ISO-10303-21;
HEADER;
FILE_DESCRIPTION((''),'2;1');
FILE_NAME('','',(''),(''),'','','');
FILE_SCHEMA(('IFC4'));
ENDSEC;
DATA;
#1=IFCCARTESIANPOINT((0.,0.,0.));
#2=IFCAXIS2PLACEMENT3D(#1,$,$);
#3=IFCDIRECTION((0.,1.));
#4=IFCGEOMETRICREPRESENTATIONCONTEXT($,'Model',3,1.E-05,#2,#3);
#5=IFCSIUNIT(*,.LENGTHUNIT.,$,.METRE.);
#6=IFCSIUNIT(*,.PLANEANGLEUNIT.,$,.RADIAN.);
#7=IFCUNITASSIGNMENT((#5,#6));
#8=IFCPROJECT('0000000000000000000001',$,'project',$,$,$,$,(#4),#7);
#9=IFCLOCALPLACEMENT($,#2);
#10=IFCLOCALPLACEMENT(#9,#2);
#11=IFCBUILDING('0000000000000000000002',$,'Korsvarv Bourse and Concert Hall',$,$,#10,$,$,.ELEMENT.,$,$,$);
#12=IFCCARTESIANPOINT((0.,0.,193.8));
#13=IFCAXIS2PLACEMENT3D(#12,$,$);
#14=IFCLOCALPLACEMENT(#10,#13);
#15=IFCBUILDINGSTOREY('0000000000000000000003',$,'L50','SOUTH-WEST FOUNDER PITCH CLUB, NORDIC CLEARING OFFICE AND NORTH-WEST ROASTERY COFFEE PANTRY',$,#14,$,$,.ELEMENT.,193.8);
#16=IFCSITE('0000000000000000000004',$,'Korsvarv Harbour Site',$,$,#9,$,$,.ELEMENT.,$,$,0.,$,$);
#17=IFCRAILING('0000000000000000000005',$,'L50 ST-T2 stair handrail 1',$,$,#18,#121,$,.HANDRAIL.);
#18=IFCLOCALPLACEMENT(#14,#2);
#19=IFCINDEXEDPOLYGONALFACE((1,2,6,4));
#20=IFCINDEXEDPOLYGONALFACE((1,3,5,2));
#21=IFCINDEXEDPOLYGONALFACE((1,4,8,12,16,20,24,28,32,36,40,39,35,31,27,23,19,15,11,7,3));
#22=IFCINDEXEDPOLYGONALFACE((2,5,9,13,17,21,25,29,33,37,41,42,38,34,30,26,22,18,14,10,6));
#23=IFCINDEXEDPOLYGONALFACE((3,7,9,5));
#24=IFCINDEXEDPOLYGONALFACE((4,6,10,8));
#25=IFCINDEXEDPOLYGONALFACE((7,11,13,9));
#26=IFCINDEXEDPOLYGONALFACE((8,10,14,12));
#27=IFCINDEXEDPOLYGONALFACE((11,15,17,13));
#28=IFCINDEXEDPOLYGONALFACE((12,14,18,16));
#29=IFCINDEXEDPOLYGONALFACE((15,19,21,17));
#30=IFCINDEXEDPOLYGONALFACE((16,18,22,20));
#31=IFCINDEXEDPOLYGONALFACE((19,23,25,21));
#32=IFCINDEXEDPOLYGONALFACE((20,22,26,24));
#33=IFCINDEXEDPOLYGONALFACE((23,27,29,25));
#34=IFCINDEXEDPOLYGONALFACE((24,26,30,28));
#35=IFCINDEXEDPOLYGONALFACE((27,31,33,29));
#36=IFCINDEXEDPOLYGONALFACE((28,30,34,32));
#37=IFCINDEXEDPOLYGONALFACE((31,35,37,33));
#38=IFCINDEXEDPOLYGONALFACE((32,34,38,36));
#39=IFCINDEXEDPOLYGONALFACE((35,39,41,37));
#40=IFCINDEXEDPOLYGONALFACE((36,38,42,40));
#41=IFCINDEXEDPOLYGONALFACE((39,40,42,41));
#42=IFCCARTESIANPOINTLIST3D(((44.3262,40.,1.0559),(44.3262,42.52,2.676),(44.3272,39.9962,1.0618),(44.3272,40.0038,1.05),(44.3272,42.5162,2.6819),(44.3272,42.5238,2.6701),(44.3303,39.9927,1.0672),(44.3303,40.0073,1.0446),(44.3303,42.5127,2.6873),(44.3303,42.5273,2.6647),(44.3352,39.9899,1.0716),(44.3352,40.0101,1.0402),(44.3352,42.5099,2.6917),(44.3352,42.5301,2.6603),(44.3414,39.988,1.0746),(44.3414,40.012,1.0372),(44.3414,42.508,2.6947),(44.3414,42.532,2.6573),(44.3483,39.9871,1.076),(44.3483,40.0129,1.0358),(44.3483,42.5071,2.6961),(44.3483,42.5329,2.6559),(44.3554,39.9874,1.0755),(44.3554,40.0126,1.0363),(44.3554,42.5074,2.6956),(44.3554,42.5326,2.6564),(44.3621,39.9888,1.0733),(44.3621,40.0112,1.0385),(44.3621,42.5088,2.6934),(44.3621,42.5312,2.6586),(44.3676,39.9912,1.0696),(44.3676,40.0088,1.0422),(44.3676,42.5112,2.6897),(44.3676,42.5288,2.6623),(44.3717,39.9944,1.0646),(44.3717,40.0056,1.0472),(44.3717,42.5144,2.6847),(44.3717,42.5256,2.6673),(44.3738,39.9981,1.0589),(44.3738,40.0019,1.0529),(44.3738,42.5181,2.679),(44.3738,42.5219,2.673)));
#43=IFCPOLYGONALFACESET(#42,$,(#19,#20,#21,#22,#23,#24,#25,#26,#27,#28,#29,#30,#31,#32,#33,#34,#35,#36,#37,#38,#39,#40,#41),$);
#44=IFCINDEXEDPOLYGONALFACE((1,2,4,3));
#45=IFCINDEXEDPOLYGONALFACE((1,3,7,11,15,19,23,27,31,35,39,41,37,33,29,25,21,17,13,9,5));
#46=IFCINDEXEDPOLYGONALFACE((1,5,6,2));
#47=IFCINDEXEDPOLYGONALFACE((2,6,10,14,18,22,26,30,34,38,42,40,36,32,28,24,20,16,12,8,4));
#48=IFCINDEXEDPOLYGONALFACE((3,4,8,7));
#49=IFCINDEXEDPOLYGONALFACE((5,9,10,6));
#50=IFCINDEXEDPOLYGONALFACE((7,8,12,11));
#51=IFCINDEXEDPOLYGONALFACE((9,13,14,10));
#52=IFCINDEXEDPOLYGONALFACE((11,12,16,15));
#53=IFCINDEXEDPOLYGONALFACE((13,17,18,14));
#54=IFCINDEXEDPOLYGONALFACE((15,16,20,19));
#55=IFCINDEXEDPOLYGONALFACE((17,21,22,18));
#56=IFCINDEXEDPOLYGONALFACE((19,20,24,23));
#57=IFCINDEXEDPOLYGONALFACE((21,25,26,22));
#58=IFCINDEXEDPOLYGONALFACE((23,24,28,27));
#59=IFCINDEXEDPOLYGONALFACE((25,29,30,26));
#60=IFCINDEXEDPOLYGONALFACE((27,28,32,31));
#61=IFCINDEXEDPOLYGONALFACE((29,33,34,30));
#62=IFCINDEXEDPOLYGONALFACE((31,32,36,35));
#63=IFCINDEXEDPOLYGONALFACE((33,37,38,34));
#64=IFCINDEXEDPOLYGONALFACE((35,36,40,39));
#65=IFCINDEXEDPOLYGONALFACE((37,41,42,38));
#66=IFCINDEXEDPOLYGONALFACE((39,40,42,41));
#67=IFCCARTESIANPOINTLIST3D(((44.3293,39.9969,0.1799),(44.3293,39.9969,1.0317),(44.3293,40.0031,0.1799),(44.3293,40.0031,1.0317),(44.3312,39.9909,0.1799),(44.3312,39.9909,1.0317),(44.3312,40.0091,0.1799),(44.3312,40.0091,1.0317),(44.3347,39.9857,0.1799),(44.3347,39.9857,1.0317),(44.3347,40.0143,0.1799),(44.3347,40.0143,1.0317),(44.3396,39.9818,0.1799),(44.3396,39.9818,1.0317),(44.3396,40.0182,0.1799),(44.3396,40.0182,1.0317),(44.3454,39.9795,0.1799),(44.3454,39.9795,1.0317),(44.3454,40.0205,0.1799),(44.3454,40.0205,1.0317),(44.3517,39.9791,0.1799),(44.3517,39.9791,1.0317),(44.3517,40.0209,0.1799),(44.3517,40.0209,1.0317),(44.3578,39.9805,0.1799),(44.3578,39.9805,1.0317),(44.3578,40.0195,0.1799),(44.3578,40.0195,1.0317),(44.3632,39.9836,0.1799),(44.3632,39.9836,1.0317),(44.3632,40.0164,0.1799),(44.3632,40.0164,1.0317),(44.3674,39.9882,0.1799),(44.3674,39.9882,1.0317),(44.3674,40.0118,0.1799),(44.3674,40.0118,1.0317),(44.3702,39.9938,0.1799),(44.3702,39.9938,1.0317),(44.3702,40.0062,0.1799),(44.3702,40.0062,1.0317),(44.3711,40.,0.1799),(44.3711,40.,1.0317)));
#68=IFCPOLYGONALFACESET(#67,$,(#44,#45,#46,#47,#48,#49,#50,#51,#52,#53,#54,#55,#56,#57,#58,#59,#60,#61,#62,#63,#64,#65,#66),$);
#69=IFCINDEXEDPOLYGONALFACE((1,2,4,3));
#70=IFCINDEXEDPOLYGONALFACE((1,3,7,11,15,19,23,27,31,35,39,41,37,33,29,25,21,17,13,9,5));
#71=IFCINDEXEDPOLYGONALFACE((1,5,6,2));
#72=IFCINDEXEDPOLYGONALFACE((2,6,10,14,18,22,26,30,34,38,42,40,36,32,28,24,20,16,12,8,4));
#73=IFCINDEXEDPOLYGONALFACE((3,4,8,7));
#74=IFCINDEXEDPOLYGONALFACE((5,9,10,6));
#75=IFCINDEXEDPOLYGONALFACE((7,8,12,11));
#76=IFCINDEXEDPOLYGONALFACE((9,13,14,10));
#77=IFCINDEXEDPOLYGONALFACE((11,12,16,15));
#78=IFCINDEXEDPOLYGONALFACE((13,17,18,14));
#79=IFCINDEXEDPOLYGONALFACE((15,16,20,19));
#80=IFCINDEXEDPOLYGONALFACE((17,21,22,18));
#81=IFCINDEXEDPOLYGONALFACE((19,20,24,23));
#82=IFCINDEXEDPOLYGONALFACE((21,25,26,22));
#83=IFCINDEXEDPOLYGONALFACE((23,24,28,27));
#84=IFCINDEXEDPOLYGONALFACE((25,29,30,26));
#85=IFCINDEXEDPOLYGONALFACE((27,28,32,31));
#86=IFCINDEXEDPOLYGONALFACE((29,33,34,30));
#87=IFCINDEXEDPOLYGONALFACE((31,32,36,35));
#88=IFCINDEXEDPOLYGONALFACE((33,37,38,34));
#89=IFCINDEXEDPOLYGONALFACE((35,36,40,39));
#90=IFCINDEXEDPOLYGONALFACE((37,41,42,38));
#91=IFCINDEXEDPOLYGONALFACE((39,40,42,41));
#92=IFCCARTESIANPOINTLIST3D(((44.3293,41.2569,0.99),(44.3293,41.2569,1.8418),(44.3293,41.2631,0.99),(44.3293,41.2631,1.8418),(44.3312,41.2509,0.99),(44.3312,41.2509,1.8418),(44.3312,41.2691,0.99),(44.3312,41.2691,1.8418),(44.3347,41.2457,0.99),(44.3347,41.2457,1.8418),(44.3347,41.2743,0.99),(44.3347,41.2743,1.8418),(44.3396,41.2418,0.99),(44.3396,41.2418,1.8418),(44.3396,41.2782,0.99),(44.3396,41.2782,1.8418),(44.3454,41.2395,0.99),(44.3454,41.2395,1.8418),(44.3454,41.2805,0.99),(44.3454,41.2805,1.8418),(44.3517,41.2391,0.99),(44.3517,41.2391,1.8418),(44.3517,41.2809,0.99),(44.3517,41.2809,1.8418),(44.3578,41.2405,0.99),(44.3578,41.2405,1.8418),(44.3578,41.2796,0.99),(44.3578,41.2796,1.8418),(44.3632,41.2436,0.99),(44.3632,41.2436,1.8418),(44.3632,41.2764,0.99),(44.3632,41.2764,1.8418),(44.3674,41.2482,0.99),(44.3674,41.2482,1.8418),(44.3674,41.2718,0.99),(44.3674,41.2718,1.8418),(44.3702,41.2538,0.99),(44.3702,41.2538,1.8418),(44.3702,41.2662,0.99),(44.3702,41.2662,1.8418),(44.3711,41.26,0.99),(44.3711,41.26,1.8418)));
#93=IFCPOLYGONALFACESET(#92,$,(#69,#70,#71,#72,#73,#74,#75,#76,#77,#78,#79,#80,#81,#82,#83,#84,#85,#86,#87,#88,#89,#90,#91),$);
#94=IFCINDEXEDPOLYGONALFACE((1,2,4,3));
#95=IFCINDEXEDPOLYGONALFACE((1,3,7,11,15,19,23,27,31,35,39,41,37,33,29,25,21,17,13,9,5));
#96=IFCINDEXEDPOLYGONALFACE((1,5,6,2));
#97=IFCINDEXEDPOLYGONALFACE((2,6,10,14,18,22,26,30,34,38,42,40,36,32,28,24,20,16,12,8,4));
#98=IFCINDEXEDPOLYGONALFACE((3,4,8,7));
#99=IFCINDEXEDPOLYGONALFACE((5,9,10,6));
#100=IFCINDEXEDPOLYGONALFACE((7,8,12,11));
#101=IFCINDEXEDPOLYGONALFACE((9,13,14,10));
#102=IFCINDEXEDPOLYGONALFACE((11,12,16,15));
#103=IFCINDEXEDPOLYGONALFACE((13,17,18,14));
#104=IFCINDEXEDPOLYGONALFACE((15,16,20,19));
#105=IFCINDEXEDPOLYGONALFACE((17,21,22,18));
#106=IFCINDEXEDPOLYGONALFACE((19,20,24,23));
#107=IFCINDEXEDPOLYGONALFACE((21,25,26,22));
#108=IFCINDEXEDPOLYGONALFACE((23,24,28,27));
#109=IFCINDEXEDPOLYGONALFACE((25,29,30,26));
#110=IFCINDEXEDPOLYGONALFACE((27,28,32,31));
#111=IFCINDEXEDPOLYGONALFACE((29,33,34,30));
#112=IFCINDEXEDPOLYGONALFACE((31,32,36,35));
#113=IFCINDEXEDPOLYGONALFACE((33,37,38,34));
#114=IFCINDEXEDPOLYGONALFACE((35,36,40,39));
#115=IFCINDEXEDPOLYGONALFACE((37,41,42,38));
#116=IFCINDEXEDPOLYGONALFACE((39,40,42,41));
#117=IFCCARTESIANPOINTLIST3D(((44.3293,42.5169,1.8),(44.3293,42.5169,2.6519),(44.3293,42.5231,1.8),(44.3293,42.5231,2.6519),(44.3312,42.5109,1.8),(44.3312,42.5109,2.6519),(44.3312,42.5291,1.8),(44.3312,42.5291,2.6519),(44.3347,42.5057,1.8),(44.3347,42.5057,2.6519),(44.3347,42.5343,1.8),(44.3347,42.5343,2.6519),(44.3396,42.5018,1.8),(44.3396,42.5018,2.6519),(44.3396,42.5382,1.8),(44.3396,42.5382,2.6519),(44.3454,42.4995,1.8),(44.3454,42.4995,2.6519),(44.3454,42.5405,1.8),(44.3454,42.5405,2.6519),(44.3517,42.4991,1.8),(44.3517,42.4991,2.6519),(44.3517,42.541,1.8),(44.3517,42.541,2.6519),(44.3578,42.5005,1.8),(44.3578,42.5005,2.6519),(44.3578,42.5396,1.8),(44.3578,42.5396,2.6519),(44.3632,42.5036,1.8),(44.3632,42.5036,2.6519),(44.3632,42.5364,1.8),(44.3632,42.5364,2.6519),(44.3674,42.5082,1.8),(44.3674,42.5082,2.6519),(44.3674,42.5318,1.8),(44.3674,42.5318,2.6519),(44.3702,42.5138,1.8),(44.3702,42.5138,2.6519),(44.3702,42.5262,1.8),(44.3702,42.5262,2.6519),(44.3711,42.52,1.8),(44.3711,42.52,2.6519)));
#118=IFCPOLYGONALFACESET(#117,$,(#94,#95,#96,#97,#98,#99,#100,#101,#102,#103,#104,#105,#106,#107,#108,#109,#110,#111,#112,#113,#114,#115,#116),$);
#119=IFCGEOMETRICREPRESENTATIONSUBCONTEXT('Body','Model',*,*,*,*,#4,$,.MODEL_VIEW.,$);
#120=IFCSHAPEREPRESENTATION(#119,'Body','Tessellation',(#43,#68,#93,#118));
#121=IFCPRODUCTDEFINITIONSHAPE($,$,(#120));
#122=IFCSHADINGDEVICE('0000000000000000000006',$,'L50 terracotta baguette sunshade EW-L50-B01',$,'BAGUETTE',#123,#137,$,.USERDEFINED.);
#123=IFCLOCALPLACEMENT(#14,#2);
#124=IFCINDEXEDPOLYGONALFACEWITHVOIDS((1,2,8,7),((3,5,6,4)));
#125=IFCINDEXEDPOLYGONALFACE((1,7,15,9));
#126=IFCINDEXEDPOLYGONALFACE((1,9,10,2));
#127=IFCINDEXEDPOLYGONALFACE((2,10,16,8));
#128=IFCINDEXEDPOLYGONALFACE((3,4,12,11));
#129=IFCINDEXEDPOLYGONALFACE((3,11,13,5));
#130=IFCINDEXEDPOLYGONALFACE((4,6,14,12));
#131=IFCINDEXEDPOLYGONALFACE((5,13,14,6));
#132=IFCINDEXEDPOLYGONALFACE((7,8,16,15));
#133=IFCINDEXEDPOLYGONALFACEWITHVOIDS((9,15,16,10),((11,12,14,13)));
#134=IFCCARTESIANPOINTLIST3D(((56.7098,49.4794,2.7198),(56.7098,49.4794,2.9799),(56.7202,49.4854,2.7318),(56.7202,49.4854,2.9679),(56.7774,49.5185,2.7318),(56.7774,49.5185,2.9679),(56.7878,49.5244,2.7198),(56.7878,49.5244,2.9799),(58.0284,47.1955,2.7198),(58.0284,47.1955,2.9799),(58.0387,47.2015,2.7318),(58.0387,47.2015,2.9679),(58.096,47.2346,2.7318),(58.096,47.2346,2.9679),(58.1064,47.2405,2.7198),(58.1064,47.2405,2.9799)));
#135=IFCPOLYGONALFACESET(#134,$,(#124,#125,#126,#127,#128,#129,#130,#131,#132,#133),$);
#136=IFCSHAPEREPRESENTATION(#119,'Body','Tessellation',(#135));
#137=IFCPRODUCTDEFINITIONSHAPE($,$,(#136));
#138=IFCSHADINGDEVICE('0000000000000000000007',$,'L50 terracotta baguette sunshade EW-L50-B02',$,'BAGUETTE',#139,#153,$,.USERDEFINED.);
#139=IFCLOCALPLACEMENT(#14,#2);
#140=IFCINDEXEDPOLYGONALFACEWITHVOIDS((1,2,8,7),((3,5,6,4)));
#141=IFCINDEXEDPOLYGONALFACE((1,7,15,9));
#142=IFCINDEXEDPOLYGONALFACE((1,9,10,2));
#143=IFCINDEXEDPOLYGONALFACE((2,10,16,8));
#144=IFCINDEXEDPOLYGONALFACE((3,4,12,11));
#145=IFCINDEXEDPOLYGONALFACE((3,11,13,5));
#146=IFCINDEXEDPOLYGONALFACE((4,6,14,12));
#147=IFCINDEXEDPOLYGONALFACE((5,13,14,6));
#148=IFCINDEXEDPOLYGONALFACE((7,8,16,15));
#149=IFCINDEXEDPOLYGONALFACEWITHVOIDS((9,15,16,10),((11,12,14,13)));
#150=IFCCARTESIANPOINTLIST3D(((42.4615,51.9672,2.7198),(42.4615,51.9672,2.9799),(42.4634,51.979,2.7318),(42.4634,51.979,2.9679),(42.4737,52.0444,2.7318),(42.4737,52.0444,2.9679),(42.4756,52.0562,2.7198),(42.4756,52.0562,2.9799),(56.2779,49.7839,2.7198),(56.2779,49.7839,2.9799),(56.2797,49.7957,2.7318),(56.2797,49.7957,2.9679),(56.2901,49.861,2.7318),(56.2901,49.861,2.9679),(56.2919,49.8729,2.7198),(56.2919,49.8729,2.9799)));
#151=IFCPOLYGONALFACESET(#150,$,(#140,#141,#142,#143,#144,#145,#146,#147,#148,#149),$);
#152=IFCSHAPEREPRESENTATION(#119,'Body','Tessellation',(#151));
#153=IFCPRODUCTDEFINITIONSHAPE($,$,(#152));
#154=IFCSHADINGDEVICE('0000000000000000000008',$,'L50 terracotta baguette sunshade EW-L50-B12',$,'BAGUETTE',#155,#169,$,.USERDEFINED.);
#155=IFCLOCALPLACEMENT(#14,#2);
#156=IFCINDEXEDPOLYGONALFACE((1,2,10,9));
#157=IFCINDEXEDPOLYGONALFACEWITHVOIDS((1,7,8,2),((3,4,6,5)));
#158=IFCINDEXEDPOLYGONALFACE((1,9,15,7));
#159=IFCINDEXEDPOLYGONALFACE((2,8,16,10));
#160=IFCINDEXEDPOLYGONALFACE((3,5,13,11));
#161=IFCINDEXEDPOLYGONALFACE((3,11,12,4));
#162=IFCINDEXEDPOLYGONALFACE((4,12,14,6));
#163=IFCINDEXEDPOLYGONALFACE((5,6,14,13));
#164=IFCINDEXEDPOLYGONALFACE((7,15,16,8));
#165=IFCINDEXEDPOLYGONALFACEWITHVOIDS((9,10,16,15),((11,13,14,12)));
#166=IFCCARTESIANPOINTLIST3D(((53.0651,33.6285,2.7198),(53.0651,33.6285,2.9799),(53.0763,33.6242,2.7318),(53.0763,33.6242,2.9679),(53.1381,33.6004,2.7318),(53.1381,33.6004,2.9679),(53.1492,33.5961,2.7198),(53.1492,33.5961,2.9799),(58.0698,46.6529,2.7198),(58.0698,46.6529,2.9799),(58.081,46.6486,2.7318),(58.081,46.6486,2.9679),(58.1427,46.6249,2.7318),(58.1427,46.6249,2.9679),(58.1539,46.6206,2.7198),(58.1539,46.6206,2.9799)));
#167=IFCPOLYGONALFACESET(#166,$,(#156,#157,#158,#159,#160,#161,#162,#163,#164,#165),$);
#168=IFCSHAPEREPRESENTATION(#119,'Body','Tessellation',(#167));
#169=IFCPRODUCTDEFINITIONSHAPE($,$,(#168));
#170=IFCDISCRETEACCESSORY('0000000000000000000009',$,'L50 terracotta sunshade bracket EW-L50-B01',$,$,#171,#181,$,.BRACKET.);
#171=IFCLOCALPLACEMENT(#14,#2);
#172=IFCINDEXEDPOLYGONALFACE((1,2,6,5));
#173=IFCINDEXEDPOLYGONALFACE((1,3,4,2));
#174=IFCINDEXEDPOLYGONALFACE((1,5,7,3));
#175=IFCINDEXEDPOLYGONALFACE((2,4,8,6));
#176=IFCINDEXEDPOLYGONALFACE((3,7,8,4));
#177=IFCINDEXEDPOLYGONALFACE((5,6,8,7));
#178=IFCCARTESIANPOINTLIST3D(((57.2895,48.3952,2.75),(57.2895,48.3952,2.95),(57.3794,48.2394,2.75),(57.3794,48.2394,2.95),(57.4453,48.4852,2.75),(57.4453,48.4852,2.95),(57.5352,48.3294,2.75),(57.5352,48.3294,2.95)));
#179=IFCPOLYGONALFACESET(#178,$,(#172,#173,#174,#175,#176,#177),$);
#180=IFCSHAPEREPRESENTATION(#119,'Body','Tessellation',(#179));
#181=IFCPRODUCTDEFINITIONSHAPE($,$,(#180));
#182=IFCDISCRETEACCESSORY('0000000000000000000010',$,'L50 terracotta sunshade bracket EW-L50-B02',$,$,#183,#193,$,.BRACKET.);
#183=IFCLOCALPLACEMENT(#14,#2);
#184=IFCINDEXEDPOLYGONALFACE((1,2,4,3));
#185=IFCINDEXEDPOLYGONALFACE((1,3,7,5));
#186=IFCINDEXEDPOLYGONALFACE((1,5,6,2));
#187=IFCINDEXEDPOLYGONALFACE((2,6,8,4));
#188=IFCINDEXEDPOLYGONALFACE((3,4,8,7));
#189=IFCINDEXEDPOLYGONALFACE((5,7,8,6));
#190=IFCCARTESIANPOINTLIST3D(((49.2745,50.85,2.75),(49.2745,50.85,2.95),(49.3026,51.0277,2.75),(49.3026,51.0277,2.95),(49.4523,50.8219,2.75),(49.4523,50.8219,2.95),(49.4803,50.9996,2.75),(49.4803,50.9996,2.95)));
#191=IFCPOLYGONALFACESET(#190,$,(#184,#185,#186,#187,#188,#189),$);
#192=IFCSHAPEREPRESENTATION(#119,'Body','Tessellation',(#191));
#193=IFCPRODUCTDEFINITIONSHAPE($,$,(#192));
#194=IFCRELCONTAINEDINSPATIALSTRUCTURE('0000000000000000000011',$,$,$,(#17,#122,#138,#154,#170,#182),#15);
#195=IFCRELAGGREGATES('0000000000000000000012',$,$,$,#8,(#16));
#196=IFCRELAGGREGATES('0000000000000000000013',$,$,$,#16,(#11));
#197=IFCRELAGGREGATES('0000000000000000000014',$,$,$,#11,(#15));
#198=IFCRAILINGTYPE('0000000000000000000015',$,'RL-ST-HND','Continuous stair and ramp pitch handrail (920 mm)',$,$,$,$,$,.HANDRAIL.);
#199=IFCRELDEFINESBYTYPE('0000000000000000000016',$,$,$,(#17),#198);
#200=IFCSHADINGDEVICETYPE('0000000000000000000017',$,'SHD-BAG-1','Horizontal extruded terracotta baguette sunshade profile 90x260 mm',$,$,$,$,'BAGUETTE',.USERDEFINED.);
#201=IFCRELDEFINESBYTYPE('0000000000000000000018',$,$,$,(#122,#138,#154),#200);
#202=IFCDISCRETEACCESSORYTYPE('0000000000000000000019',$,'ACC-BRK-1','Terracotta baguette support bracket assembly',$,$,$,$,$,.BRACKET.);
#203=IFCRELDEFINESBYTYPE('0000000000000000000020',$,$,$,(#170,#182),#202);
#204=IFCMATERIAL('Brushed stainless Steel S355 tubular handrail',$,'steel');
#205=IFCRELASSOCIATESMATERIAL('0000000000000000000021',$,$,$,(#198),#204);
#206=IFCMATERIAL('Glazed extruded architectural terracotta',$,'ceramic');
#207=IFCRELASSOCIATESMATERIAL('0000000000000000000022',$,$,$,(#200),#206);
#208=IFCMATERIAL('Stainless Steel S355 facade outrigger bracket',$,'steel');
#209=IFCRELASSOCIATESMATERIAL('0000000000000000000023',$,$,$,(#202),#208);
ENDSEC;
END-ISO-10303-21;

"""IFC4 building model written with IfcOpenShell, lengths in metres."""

from ifc_helpers import new_model, si_unit, direction, frame, origin, origin_2d, place, context, subcontext, project, spatial, rectangle, hollow_rectangle, circle, extrude, source, transform, mapped, material, material_profile, profile_set, type_object, element, save


model = new_model("IFC4")

# Units and contexts
model_context = context("Model", 3, precision=1e-05, world=origin(), true_north=direction((0.0, 1.0)))
body_context = subcontext(model_context, "Body", "Model", "MODEL_VIEW")
ifc_project = project(units=[si_unit("LENGTHUNIT", "METRE"), si_unit("PLANEANGLEUNIT", "RADIAN")], contexts=[model_context])

# Site, building, storey
site_placement = place(None, origin())
site = spatial("IfcSite", under=ifc_project, at=site_placement, Name="Korsvarv Harbour Site", CompositionType="ELEMENT", RefElevation=0.0)
building_placement = place(site_placement, origin())
building = spatial("IfcBuilding", under=site, at=building_placement, Name="Korsvarv Bourse and Concert Hall", CompositionType="ELEMENT")
storey_placement = place(building_placement, frame((0.0, 0.0, 193.8)))
storey = spatial("IfcBuildingStorey", under=building, at=storey_placement, Name="L50", Description="SOUTH-WEST FOUNDER PITCH CLUB, NORDIC CLEARING OFFICE AND NORTH-WEST ROASTERY COFFEE PANTRY", CompositionType="ELEMENT", Elevation=193.8)

# Railing
ifc_material_1 = material(Name="Brushed stainless Steel S355 tubular handrail", Category="steel")
railing_type_1 = type_object("IfcRailingType", Name="RL-ST-HND", Description="Continuous stair and ramp pitch handrail (920 mm)", PredefinedType="HANDRAIL", material=ifc_material_1)
railing_1_placement = place(storey_placement, frame((44.3501, 40.0, 0.1799)))
element("IfcRailing", 1, at=railing_1_placement, inside=storey, type_object=railing_type_1, Name="L50 ST-T2 stair handrail 1", PredefinedType="HANDRAIL", context=body_context, shape_type="SweptSolid", body=[
    extrude(circle(Radius=0.0239, at=origin_2d()), frame((0.0, 0.0, 0.876), z_axis=(0.0, 0.841163, 0.540782), x_axis=(-1.0, 0.0, 0.0)), (0.0, 0.0, 1.0), 2.9958),
    extrude(circle(Radius=0.021, at=origin_2d()), origin(), (0.0, 0.0, 1.0), 0.8518),
    extrude(circle(Radius=0.021, at=origin_2d()), frame((0.0, 1.26, 0.8101)), (0.0, 0.0, 1.0), 0.8518),
    extrude(circle(Radius=0.021, at=origin_2d()), frame((0.0, 2.52, 1.6201)), (0.0, 0.0, 1.0), 0.8518),
])

# Shading devices
ifc_material_2 = material(Name="Glazed extruded architectural terracotta", Category="ceramic")
ifc_material_profile_1 = material_profile(ifc_material_2, hollow_rectangle(XDim=0.0901, YDim=0.26, WallThickness=0.012, at=origin_2d()), Name="TC-BAG 90x260")
ifc_profile_set_1 = profile_set([ifc_material_profile_1], Name="Glazed extruded architectural terracotta")
shading_device_type = type_object("IfcShadingDeviceType", Name="SHD-BAG-1", Description="Horizontal extruded terracotta baguette sunshade profile 90x260 mm", ElementType="BAGUETTE", PredefinedType="USERDEFINED", material=ifc_profile_set_1)
shared_shape_1 = source(origin(), body_context, "Body", "SweptSolid", [
    extrude(hollow_rectangle(XDim=0.0901, YDim=0.26, WallThickness=0.012, at=origin_2d()), origin(), (0.0, 0.0, 1.0), 2.6372),
])
shading_device_1_placement = place(storey_placement, frame((58.0674, 47.218, 2.8499), z_axis=(-0.499992, 0.86603, 0.0), x_axis=(-0.86603, -0.499992, 0.0)))
element("IfcShadingDevice", 2, at=shading_device_1_placement, inside=storey, type_object=shading_device_type, Name="L50 terracotta baguette sunshade EW-L50-B01", ObjectType="BAGUETTE", PredefinedType="USERDEFINED", context=body_context, shape_type="MappedRepresentation", body=[
    mapped(shared_shape_1, transform((0.0, 0.0, 0.0), scale=1.0)),
])
shared_shape_2 = source(origin(), body_context, "Body", "SweptSolid", [
    extrude(hollow_rectangle(XDim=0.0901, YDim=0.26, WallThickness=0.012, at=origin_2d()), origin(), (0.0, 0.0, 1.0), 13.9878),
])
shading_device_2_placement = place(storey_placement, frame((56.2849, 49.8284, 2.8499), z_axis=(-0.987743, 0.156089, 0.0), x_axis=(-0.156089, -0.987743, 0.0)))
element("IfcShadingDevice", 3, at=shading_device_2_placement, inside=storey, type_object=shading_device_type, Name="L50 terracotta baguette sunshade EW-L50-B02", ObjectType="BAGUETTE", PredefinedType="USERDEFINED", context=body_context, shape_type="MappedRepresentation", body=[
    mapped(shared_shape_2, transform((0.0, 0.0, 0.0), scale=1.0)),
])
shared_shape_3 = source(origin(), body_context, "Body", "SweptSolid", [
    extrude(hollow_rectangle(XDim=0.0901, YDim=0.26, WallThickness=0.012, at=origin_2d()), origin(), (0.0, 0.0, 1.0), 13.9529),
])
shading_device_3_placement = place(storey_placement, frame((53.1072, 33.6123, 2.8499), z_axis=(0.358682, 0.93346, 0.0), x_axis=(-0.93346, 0.358682, 0.0)))
element("IfcShadingDevice", 4, at=shading_device_3_placement, inside=storey, type_object=shading_device_type, Name="L50 terracotta baguette sunshade EW-L50-B12", ObjectType="BAGUETTE", PredefinedType="USERDEFINED", context=body_context, shape_type="MappedRepresentation", body=[
    mapped(shared_shape_3, transform((0.0, 0.0, 0.0), scale=1.0)),
])

# Discrete accessories
ifc_material_3 = material(Name="Stainless Steel S355 facade outrigger bracket", Category="steel")
discrete_accessory_type = type_object("IfcDiscreteAccessoryType", Name="ACC-BRK-1", Description="Terracotta baguette support bracket assembly", PredefinedType="BRACKET", material=ifc_material_3)
shared_shape_4 = source(origin(), body_context, "Body", "SweptSolid", [
    extrude(rectangle(XDim=0.1799, YDim=0.1799, at=origin_2d()), origin(), (0.0, 0.0, 1.0), 0.2),
])
for number, where, z_axis, x_axis, name in (
    (5, (57.4124, 48.3623, 2.75), (0.0, 0.0, 1.0), (-0.5, 0.866025, 0.0), "L50 terracotta sunshade bracket EW-L50-B01"),
    (6, (49.3774, 50.9248, 2.75), (0.0, 0.0, 1.0), (-0.987743, 0.15609, 0.0), "L50 terracotta sunshade bracket EW-L50-B02"),
):
    element("IfcDiscreteAccessory", number, at=place(storey_placement, frame(where, z_axis=z_axis, x_axis=x_axis)), inside=storey, type_object=discrete_accessory_type, Name=name, PredefinedType="BRACKET", context=body_context, shape_type="MappedRepresentation", body=[
        mapped(shared_shape_4, transform((0.0, 0.0, 0.0), scale=1.0)),
    ])

save(model, "model.ifc")
